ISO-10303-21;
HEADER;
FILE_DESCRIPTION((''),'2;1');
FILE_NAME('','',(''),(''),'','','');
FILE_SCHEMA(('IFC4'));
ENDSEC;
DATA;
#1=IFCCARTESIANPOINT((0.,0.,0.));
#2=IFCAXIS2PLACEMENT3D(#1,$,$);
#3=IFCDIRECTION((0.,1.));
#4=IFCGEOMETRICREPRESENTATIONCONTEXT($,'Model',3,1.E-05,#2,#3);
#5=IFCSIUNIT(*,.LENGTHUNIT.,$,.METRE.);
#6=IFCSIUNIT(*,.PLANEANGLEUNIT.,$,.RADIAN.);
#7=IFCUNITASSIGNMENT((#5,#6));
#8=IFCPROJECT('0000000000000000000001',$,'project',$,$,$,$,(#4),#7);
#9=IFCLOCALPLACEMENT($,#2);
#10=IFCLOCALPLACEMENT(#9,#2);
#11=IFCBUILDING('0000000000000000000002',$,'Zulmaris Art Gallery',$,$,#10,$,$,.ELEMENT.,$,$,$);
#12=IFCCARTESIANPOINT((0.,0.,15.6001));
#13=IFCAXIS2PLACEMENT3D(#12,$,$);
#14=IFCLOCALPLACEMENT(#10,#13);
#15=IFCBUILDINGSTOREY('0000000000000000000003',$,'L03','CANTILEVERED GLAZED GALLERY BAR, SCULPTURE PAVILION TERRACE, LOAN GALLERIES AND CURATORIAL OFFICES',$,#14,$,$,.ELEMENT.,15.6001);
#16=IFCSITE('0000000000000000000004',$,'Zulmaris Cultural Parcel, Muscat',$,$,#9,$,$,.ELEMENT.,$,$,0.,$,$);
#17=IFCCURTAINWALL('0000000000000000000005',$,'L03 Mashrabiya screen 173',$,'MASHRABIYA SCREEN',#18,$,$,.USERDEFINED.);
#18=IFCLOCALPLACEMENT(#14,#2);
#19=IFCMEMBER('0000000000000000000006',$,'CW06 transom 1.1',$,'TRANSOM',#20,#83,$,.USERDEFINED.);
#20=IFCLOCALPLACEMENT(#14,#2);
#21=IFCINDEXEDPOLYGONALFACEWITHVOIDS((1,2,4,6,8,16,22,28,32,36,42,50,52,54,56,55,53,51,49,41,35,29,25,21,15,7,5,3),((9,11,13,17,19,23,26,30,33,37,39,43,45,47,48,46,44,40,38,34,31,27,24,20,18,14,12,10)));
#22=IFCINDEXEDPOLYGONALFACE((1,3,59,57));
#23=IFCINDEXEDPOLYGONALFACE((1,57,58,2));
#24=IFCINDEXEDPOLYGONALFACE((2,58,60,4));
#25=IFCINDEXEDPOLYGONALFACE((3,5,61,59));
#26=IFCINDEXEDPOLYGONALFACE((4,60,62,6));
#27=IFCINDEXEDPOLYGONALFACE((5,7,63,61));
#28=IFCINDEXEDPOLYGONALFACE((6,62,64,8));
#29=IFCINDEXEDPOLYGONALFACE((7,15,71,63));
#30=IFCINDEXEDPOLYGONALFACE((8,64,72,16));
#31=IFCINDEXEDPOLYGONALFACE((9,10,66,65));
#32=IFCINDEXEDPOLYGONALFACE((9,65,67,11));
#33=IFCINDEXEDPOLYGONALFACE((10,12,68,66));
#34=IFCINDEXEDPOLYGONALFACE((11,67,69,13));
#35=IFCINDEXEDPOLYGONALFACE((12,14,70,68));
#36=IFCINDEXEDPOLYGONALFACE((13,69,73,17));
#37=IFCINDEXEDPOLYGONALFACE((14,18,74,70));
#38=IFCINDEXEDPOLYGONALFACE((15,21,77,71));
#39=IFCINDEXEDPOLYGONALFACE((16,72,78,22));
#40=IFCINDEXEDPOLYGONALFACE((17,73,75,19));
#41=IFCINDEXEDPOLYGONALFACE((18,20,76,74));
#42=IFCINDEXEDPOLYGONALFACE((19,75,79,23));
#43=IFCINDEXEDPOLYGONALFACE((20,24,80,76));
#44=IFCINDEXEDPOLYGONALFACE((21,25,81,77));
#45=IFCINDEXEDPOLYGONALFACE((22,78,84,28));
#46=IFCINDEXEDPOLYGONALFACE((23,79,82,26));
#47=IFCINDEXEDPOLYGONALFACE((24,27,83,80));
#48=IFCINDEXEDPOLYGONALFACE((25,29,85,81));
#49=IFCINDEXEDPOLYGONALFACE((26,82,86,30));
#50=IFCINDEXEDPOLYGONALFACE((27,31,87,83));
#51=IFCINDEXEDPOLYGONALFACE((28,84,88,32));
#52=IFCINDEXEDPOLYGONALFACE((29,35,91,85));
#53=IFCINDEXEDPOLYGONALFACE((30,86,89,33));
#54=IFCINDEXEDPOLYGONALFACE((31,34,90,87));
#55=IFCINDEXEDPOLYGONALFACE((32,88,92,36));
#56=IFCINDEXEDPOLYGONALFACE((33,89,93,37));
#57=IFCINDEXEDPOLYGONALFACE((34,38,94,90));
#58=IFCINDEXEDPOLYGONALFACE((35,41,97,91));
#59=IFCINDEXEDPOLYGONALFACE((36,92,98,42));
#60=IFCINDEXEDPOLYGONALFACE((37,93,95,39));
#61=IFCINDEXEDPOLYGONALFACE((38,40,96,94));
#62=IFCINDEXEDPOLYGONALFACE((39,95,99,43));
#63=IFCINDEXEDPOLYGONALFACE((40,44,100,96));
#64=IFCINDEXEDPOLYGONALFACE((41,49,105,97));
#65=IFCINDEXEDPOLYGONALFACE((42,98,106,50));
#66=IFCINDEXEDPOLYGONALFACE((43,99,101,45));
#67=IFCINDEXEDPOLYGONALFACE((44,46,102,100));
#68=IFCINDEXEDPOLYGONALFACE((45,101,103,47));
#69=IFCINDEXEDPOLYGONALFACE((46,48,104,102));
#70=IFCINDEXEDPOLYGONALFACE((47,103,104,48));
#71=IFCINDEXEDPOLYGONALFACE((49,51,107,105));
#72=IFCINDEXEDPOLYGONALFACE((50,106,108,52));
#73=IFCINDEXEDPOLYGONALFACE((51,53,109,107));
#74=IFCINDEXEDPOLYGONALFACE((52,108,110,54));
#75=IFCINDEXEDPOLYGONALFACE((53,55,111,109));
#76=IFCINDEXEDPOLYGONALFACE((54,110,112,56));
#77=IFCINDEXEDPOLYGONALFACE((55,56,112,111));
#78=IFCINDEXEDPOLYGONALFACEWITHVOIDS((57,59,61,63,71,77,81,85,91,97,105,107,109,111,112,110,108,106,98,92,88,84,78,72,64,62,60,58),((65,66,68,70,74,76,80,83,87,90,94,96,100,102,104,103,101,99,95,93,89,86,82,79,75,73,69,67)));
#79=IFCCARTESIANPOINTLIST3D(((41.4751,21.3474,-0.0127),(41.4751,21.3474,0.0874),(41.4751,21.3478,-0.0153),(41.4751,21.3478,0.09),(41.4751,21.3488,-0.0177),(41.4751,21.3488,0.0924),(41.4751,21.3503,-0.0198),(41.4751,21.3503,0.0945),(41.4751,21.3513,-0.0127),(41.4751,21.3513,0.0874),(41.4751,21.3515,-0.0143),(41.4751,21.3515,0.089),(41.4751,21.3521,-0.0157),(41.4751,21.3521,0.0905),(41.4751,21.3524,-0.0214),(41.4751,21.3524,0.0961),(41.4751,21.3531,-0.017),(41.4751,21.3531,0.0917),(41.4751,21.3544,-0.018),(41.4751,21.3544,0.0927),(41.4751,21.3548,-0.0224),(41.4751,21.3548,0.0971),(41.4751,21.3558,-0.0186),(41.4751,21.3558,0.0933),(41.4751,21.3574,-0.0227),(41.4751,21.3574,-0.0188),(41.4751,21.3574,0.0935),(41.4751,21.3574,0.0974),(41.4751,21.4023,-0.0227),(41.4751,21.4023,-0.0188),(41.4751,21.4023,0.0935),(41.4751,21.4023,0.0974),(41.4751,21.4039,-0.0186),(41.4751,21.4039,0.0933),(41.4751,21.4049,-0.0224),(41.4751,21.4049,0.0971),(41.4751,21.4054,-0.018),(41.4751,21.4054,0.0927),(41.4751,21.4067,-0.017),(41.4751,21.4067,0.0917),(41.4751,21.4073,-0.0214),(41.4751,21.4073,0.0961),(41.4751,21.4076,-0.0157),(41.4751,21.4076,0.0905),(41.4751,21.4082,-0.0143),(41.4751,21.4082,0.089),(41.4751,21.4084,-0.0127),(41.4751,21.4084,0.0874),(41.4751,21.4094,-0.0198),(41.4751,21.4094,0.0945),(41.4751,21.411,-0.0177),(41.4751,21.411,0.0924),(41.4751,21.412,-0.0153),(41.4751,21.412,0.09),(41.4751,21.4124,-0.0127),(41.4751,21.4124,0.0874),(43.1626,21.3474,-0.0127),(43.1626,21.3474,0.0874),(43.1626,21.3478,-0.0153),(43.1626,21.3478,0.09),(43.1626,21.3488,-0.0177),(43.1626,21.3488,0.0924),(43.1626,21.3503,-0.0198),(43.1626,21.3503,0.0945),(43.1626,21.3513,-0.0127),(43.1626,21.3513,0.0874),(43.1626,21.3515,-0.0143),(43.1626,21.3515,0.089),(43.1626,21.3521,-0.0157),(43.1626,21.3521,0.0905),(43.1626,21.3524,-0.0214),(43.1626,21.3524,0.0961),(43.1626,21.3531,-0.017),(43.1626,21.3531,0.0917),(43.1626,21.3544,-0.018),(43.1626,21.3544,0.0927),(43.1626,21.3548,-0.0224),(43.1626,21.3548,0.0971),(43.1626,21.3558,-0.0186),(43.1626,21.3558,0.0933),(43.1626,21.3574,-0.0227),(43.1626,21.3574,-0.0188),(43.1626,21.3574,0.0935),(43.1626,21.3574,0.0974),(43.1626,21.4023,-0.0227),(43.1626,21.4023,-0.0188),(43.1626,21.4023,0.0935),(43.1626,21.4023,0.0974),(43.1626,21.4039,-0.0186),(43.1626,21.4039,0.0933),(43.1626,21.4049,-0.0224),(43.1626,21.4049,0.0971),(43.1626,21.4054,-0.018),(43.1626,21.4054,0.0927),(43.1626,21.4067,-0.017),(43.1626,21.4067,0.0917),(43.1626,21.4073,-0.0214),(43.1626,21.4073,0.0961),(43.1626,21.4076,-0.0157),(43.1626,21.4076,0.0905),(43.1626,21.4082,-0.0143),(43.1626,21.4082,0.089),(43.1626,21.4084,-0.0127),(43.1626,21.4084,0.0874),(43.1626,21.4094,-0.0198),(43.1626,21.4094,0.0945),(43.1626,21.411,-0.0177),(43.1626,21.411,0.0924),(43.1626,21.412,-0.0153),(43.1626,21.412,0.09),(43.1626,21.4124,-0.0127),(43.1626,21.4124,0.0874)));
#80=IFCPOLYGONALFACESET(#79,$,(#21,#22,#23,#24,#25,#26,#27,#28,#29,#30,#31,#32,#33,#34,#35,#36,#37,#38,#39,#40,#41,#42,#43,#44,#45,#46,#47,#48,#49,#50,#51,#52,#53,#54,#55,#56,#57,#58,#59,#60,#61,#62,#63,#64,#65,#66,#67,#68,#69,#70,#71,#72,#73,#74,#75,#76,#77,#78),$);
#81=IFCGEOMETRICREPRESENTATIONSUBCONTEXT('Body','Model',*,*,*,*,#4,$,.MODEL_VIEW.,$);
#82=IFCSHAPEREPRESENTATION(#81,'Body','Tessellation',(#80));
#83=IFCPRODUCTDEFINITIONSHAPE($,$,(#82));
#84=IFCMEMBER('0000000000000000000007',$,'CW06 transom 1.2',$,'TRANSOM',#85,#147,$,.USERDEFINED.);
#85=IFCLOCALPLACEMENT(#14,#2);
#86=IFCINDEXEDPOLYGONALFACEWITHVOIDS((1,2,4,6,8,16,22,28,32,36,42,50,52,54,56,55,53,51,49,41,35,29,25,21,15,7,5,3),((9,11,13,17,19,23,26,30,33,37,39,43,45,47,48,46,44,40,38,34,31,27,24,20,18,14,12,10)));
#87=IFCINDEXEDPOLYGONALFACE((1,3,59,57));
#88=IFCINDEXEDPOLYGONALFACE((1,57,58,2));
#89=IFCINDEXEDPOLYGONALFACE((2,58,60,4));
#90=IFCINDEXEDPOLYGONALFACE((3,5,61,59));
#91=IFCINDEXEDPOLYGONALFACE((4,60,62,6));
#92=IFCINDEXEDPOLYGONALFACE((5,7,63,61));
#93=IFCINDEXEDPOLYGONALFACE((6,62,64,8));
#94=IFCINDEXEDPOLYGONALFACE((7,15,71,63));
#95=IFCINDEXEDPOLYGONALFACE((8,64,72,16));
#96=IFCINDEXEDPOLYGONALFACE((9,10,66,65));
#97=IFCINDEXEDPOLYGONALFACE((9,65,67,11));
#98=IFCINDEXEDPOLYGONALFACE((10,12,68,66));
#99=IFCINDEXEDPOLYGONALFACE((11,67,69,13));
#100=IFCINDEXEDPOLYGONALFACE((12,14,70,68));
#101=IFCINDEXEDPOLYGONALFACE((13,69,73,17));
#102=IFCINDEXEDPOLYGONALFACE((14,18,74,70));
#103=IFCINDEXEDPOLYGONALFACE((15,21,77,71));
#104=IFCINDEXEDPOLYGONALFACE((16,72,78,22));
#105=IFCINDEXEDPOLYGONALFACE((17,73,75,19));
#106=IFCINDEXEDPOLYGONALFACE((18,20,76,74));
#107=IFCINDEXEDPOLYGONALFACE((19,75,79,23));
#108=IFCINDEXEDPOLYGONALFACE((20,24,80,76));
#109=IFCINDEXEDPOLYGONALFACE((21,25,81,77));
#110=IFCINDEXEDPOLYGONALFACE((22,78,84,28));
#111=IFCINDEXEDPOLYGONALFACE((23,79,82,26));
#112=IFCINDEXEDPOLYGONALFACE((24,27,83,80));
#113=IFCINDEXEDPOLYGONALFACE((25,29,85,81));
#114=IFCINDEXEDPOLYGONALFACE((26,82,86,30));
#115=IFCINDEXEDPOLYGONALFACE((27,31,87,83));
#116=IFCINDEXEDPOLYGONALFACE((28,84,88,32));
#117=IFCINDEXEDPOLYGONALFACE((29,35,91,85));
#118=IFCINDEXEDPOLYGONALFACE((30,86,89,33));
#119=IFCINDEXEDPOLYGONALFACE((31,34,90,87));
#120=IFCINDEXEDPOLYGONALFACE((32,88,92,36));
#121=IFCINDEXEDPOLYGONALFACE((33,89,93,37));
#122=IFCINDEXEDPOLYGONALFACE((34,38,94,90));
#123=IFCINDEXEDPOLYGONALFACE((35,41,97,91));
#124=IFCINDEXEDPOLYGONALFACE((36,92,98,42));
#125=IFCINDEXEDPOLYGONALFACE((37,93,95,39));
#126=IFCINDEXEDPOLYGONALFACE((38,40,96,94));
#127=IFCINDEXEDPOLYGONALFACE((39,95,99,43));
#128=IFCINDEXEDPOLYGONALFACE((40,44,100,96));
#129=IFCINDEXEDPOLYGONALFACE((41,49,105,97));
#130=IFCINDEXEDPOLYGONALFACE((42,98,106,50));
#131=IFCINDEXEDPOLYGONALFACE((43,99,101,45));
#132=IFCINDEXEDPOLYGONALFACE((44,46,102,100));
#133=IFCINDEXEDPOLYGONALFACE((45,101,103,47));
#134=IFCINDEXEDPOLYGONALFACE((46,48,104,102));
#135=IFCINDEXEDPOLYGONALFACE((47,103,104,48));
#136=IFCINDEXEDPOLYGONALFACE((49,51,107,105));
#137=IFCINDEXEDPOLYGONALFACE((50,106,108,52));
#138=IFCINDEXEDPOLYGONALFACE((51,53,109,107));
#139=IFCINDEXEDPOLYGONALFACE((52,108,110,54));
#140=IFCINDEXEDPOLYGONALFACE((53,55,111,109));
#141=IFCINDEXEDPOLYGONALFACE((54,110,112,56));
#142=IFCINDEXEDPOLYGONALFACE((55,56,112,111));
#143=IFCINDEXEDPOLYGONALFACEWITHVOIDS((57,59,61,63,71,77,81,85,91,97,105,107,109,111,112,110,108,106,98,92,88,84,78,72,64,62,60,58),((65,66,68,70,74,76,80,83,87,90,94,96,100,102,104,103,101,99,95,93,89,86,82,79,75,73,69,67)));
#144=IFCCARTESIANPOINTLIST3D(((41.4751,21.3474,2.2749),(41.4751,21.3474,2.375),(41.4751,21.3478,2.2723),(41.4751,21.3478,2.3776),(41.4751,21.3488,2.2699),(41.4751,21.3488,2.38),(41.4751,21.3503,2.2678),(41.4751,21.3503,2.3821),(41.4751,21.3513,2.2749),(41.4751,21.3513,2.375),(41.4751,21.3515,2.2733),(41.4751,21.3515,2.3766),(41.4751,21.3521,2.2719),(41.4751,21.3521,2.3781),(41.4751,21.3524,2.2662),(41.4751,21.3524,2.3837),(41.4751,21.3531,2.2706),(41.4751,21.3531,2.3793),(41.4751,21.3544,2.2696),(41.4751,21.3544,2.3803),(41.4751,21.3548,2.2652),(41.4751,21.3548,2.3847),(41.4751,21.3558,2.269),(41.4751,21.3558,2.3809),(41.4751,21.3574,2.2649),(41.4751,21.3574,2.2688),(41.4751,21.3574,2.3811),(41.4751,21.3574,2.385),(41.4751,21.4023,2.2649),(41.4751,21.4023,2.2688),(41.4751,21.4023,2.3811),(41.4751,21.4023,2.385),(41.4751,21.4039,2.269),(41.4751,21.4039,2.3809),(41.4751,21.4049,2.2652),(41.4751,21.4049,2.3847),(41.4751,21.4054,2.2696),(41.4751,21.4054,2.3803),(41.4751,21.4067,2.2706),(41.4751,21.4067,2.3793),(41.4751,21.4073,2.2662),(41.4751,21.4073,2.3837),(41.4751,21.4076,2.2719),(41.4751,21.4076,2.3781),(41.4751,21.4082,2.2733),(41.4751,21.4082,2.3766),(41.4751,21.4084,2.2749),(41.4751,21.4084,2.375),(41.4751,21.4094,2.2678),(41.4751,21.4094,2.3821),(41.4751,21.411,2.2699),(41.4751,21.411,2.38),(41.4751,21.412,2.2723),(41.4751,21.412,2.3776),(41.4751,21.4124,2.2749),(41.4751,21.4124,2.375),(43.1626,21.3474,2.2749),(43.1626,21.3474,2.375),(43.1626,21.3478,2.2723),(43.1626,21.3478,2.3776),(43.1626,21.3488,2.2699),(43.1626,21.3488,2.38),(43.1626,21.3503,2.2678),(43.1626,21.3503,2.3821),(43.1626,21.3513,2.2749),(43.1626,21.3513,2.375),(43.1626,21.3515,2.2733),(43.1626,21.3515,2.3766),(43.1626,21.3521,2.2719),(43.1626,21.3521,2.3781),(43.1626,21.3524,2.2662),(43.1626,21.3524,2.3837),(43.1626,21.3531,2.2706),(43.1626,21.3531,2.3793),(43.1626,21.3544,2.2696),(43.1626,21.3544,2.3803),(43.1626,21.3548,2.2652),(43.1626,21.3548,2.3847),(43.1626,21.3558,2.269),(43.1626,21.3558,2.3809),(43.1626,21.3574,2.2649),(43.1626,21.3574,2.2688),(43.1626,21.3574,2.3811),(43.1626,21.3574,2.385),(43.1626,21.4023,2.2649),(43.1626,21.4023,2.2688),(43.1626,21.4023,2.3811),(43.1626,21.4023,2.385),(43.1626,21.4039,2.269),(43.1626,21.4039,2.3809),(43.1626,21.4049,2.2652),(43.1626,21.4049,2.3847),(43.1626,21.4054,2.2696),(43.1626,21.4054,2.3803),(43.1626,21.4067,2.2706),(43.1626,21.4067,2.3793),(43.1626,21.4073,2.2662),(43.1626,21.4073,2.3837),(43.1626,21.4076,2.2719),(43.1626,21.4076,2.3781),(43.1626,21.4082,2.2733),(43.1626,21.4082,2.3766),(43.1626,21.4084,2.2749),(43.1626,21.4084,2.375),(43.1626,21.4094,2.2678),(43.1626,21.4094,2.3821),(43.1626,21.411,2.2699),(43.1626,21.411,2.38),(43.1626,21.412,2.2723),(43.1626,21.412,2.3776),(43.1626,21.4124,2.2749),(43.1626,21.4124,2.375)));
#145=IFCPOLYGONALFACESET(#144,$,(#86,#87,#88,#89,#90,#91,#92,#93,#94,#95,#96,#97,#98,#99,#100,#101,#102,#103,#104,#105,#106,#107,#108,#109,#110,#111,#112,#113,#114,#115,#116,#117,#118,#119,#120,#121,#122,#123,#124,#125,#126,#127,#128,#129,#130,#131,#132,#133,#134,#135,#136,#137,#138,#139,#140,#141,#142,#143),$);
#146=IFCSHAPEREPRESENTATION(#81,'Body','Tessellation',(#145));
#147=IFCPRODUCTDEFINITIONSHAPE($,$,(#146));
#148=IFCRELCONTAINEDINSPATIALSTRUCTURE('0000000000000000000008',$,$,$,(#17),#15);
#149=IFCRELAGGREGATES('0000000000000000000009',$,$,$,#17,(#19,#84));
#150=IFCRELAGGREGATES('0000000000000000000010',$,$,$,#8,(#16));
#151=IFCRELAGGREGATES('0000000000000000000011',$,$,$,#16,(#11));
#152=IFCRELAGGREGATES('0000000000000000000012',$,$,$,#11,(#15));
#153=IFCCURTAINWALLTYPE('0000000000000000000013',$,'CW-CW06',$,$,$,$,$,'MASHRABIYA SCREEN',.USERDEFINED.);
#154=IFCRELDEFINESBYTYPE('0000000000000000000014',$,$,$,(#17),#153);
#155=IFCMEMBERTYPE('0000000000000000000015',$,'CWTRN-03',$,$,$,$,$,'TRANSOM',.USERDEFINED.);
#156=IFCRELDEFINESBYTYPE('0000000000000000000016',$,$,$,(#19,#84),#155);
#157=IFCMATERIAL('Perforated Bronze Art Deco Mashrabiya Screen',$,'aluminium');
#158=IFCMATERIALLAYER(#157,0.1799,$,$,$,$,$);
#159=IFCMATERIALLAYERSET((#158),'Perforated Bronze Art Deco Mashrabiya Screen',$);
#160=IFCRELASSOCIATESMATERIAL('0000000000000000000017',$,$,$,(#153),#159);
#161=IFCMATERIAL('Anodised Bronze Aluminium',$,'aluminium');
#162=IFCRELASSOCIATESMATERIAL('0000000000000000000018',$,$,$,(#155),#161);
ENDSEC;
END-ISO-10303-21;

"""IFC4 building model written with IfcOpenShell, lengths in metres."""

from ifc_helpers import new_model, si_unit, direction, frame, origin, origin_2d, place, context, subcontext, project, spatial, hollow_rectangle, extrude, material, layer, layer_set, material_profile, profile_set, type_object, element, aggregate, save


model = new_model("IFC4")

# Units and contexts
model_context = context("Model", 3, precision=1e-05, world=origin(), true_north=direction((0.0, 1.0)))
body_context = subcontext(model_context, "Body", "Model", "MODEL_VIEW")
ifc_project = project(units=[si_unit("LENGTHUNIT", "METRE"), si_unit("PLANEANGLEUNIT", "RADIAN")], contexts=[model_context])

# Site, building, storey
site_placement = place(None, origin())
site = spatial("IfcSite", under=ifc_project, at=site_placement, Name="Zulmaris Cultural Parcel, Muscat", CompositionType="ELEMENT", RefElevation=0.0)
building_placement = place(site_placement, origin())
building = spatial("IfcBuilding", under=site, at=building_placement, Name="Zulmaris Art Gallery", CompositionType="ELEMENT")
storey_placement = place(building_placement, frame((0.0, 0.0, 15.6001)))
storey = spatial("IfcBuildingStorey", under=building, at=storey_placement, Name="L03", Description="CANTILEVERED GLAZED GALLERY BAR, SCULPTURE PAVILION TERRACE, LOAN GALLERIES AND CURATORIAL OFFICES", CompositionType="ELEMENT", Elevation=15.6001)

# Shared definitions
ifc_material_1 = material(Name="Anodised Bronze Aluminium", Category="aluminium")

# Shared definitions
ifc_material_2 = material(Name="Perforated Bronze Art Deco Mashrabiya Screen", Category="aluminium")
ifc_layer_1 = layer(ifc_material_2, 0.1799)
ifc_layer_set_1 = layer_set([ifc_layer_1], Name="Perforated Bronze Art Deco Mashrabiya Screen")
curtain_wall_type_1 = type_object("IfcCurtainWallType", Name="CW-CW06", ElementType="MASHRABIYA SCREEN", PredefinedType="USERDEFINED", material=ifc_layer_set_1)

# Curtain wall
curtain_wall_1_placement = place(storey_placement, origin())
curtain_wall_1 = element("IfcCurtainWall", 1, at=curtain_wall_1_placement, inside=storey, type_object=curtain_wall_type_1, Name="L03 Mashrabiya screen 173", ObjectType="MASHRABIYA SCREEN", PredefinedType="USERDEFINED")

# Members
ifc_material_profile_1 = material_profile(ifc_material_1, hollow_rectangle(XDim=0.0649, YDim=0.1201, WallThickness=0.0039, InnerFilletRadius=0.0061, OuterFilletRadius=0.01, at=origin_2d()), Name="ALU 65x120x4")
ifc_profile_set_1 = profile_set([ifc_material_profile_1], Name="Anodised Bronze Aluminium")
member_type_1 = type_object("IfcMemberType", Name="CWTRN-03", ElementType="TRANSOM", PredefinedType="USERDEFINED", material=ifc_profile_set_1)
member_1_placement = place(storey_placement, frame((41.4751, 21.3799, 0.0374), z_axis=(1.0, 0.0, 0.0), x_axis=(0.0, 1.0, 0.0)))
member_1 = element("IfcMember", 2, at=member_1_placement, type_object=member_type_1, Name="CW06 transom 1.1", ObjectType="TRANSOM", PredefinedType="USERDEFINED", context=body_context, shape_type="SweptSolid", body=[
    extrude(hollow_rectangle(XDim=0.0649, YDim=0.1201, WallThickness=0.0039, InnerFilletRadius=0.0061, OuterFilletRadius=0.01, at=origin_2d()), origin(), (0.0, 0.0, 1.0), 1.6875),
])
member_2_placement = place(storey_placement, frame((41.4751, 21.3799, 2.325), z_axis=(1.0, 0.0, 0.0), x_axis=(0.0, 1.0, 0.0)))
member_2 = element("IfcMember", 3, at=member_2_placement, type_object=member_type_1, Name="CW06 transom 1.2", ObjectType="TRANSOM", PredefinedType="USERDEFINED", context=body_context, shape_type="SweptSolid", body=[
    extrude(hollow_rectangle(XDim=0.0649, YDim=0.1201, WallThickness=0.0039, InnerFilletRadius=0.0061, OuterFilletRadius=0.01, at=origin_2d()), origin(), (0.0, 0.0, 1.0), 1.6875),
])

aggregate(curtain_wall_1, [member_1, member_2])

save(model, "model.ifc")
